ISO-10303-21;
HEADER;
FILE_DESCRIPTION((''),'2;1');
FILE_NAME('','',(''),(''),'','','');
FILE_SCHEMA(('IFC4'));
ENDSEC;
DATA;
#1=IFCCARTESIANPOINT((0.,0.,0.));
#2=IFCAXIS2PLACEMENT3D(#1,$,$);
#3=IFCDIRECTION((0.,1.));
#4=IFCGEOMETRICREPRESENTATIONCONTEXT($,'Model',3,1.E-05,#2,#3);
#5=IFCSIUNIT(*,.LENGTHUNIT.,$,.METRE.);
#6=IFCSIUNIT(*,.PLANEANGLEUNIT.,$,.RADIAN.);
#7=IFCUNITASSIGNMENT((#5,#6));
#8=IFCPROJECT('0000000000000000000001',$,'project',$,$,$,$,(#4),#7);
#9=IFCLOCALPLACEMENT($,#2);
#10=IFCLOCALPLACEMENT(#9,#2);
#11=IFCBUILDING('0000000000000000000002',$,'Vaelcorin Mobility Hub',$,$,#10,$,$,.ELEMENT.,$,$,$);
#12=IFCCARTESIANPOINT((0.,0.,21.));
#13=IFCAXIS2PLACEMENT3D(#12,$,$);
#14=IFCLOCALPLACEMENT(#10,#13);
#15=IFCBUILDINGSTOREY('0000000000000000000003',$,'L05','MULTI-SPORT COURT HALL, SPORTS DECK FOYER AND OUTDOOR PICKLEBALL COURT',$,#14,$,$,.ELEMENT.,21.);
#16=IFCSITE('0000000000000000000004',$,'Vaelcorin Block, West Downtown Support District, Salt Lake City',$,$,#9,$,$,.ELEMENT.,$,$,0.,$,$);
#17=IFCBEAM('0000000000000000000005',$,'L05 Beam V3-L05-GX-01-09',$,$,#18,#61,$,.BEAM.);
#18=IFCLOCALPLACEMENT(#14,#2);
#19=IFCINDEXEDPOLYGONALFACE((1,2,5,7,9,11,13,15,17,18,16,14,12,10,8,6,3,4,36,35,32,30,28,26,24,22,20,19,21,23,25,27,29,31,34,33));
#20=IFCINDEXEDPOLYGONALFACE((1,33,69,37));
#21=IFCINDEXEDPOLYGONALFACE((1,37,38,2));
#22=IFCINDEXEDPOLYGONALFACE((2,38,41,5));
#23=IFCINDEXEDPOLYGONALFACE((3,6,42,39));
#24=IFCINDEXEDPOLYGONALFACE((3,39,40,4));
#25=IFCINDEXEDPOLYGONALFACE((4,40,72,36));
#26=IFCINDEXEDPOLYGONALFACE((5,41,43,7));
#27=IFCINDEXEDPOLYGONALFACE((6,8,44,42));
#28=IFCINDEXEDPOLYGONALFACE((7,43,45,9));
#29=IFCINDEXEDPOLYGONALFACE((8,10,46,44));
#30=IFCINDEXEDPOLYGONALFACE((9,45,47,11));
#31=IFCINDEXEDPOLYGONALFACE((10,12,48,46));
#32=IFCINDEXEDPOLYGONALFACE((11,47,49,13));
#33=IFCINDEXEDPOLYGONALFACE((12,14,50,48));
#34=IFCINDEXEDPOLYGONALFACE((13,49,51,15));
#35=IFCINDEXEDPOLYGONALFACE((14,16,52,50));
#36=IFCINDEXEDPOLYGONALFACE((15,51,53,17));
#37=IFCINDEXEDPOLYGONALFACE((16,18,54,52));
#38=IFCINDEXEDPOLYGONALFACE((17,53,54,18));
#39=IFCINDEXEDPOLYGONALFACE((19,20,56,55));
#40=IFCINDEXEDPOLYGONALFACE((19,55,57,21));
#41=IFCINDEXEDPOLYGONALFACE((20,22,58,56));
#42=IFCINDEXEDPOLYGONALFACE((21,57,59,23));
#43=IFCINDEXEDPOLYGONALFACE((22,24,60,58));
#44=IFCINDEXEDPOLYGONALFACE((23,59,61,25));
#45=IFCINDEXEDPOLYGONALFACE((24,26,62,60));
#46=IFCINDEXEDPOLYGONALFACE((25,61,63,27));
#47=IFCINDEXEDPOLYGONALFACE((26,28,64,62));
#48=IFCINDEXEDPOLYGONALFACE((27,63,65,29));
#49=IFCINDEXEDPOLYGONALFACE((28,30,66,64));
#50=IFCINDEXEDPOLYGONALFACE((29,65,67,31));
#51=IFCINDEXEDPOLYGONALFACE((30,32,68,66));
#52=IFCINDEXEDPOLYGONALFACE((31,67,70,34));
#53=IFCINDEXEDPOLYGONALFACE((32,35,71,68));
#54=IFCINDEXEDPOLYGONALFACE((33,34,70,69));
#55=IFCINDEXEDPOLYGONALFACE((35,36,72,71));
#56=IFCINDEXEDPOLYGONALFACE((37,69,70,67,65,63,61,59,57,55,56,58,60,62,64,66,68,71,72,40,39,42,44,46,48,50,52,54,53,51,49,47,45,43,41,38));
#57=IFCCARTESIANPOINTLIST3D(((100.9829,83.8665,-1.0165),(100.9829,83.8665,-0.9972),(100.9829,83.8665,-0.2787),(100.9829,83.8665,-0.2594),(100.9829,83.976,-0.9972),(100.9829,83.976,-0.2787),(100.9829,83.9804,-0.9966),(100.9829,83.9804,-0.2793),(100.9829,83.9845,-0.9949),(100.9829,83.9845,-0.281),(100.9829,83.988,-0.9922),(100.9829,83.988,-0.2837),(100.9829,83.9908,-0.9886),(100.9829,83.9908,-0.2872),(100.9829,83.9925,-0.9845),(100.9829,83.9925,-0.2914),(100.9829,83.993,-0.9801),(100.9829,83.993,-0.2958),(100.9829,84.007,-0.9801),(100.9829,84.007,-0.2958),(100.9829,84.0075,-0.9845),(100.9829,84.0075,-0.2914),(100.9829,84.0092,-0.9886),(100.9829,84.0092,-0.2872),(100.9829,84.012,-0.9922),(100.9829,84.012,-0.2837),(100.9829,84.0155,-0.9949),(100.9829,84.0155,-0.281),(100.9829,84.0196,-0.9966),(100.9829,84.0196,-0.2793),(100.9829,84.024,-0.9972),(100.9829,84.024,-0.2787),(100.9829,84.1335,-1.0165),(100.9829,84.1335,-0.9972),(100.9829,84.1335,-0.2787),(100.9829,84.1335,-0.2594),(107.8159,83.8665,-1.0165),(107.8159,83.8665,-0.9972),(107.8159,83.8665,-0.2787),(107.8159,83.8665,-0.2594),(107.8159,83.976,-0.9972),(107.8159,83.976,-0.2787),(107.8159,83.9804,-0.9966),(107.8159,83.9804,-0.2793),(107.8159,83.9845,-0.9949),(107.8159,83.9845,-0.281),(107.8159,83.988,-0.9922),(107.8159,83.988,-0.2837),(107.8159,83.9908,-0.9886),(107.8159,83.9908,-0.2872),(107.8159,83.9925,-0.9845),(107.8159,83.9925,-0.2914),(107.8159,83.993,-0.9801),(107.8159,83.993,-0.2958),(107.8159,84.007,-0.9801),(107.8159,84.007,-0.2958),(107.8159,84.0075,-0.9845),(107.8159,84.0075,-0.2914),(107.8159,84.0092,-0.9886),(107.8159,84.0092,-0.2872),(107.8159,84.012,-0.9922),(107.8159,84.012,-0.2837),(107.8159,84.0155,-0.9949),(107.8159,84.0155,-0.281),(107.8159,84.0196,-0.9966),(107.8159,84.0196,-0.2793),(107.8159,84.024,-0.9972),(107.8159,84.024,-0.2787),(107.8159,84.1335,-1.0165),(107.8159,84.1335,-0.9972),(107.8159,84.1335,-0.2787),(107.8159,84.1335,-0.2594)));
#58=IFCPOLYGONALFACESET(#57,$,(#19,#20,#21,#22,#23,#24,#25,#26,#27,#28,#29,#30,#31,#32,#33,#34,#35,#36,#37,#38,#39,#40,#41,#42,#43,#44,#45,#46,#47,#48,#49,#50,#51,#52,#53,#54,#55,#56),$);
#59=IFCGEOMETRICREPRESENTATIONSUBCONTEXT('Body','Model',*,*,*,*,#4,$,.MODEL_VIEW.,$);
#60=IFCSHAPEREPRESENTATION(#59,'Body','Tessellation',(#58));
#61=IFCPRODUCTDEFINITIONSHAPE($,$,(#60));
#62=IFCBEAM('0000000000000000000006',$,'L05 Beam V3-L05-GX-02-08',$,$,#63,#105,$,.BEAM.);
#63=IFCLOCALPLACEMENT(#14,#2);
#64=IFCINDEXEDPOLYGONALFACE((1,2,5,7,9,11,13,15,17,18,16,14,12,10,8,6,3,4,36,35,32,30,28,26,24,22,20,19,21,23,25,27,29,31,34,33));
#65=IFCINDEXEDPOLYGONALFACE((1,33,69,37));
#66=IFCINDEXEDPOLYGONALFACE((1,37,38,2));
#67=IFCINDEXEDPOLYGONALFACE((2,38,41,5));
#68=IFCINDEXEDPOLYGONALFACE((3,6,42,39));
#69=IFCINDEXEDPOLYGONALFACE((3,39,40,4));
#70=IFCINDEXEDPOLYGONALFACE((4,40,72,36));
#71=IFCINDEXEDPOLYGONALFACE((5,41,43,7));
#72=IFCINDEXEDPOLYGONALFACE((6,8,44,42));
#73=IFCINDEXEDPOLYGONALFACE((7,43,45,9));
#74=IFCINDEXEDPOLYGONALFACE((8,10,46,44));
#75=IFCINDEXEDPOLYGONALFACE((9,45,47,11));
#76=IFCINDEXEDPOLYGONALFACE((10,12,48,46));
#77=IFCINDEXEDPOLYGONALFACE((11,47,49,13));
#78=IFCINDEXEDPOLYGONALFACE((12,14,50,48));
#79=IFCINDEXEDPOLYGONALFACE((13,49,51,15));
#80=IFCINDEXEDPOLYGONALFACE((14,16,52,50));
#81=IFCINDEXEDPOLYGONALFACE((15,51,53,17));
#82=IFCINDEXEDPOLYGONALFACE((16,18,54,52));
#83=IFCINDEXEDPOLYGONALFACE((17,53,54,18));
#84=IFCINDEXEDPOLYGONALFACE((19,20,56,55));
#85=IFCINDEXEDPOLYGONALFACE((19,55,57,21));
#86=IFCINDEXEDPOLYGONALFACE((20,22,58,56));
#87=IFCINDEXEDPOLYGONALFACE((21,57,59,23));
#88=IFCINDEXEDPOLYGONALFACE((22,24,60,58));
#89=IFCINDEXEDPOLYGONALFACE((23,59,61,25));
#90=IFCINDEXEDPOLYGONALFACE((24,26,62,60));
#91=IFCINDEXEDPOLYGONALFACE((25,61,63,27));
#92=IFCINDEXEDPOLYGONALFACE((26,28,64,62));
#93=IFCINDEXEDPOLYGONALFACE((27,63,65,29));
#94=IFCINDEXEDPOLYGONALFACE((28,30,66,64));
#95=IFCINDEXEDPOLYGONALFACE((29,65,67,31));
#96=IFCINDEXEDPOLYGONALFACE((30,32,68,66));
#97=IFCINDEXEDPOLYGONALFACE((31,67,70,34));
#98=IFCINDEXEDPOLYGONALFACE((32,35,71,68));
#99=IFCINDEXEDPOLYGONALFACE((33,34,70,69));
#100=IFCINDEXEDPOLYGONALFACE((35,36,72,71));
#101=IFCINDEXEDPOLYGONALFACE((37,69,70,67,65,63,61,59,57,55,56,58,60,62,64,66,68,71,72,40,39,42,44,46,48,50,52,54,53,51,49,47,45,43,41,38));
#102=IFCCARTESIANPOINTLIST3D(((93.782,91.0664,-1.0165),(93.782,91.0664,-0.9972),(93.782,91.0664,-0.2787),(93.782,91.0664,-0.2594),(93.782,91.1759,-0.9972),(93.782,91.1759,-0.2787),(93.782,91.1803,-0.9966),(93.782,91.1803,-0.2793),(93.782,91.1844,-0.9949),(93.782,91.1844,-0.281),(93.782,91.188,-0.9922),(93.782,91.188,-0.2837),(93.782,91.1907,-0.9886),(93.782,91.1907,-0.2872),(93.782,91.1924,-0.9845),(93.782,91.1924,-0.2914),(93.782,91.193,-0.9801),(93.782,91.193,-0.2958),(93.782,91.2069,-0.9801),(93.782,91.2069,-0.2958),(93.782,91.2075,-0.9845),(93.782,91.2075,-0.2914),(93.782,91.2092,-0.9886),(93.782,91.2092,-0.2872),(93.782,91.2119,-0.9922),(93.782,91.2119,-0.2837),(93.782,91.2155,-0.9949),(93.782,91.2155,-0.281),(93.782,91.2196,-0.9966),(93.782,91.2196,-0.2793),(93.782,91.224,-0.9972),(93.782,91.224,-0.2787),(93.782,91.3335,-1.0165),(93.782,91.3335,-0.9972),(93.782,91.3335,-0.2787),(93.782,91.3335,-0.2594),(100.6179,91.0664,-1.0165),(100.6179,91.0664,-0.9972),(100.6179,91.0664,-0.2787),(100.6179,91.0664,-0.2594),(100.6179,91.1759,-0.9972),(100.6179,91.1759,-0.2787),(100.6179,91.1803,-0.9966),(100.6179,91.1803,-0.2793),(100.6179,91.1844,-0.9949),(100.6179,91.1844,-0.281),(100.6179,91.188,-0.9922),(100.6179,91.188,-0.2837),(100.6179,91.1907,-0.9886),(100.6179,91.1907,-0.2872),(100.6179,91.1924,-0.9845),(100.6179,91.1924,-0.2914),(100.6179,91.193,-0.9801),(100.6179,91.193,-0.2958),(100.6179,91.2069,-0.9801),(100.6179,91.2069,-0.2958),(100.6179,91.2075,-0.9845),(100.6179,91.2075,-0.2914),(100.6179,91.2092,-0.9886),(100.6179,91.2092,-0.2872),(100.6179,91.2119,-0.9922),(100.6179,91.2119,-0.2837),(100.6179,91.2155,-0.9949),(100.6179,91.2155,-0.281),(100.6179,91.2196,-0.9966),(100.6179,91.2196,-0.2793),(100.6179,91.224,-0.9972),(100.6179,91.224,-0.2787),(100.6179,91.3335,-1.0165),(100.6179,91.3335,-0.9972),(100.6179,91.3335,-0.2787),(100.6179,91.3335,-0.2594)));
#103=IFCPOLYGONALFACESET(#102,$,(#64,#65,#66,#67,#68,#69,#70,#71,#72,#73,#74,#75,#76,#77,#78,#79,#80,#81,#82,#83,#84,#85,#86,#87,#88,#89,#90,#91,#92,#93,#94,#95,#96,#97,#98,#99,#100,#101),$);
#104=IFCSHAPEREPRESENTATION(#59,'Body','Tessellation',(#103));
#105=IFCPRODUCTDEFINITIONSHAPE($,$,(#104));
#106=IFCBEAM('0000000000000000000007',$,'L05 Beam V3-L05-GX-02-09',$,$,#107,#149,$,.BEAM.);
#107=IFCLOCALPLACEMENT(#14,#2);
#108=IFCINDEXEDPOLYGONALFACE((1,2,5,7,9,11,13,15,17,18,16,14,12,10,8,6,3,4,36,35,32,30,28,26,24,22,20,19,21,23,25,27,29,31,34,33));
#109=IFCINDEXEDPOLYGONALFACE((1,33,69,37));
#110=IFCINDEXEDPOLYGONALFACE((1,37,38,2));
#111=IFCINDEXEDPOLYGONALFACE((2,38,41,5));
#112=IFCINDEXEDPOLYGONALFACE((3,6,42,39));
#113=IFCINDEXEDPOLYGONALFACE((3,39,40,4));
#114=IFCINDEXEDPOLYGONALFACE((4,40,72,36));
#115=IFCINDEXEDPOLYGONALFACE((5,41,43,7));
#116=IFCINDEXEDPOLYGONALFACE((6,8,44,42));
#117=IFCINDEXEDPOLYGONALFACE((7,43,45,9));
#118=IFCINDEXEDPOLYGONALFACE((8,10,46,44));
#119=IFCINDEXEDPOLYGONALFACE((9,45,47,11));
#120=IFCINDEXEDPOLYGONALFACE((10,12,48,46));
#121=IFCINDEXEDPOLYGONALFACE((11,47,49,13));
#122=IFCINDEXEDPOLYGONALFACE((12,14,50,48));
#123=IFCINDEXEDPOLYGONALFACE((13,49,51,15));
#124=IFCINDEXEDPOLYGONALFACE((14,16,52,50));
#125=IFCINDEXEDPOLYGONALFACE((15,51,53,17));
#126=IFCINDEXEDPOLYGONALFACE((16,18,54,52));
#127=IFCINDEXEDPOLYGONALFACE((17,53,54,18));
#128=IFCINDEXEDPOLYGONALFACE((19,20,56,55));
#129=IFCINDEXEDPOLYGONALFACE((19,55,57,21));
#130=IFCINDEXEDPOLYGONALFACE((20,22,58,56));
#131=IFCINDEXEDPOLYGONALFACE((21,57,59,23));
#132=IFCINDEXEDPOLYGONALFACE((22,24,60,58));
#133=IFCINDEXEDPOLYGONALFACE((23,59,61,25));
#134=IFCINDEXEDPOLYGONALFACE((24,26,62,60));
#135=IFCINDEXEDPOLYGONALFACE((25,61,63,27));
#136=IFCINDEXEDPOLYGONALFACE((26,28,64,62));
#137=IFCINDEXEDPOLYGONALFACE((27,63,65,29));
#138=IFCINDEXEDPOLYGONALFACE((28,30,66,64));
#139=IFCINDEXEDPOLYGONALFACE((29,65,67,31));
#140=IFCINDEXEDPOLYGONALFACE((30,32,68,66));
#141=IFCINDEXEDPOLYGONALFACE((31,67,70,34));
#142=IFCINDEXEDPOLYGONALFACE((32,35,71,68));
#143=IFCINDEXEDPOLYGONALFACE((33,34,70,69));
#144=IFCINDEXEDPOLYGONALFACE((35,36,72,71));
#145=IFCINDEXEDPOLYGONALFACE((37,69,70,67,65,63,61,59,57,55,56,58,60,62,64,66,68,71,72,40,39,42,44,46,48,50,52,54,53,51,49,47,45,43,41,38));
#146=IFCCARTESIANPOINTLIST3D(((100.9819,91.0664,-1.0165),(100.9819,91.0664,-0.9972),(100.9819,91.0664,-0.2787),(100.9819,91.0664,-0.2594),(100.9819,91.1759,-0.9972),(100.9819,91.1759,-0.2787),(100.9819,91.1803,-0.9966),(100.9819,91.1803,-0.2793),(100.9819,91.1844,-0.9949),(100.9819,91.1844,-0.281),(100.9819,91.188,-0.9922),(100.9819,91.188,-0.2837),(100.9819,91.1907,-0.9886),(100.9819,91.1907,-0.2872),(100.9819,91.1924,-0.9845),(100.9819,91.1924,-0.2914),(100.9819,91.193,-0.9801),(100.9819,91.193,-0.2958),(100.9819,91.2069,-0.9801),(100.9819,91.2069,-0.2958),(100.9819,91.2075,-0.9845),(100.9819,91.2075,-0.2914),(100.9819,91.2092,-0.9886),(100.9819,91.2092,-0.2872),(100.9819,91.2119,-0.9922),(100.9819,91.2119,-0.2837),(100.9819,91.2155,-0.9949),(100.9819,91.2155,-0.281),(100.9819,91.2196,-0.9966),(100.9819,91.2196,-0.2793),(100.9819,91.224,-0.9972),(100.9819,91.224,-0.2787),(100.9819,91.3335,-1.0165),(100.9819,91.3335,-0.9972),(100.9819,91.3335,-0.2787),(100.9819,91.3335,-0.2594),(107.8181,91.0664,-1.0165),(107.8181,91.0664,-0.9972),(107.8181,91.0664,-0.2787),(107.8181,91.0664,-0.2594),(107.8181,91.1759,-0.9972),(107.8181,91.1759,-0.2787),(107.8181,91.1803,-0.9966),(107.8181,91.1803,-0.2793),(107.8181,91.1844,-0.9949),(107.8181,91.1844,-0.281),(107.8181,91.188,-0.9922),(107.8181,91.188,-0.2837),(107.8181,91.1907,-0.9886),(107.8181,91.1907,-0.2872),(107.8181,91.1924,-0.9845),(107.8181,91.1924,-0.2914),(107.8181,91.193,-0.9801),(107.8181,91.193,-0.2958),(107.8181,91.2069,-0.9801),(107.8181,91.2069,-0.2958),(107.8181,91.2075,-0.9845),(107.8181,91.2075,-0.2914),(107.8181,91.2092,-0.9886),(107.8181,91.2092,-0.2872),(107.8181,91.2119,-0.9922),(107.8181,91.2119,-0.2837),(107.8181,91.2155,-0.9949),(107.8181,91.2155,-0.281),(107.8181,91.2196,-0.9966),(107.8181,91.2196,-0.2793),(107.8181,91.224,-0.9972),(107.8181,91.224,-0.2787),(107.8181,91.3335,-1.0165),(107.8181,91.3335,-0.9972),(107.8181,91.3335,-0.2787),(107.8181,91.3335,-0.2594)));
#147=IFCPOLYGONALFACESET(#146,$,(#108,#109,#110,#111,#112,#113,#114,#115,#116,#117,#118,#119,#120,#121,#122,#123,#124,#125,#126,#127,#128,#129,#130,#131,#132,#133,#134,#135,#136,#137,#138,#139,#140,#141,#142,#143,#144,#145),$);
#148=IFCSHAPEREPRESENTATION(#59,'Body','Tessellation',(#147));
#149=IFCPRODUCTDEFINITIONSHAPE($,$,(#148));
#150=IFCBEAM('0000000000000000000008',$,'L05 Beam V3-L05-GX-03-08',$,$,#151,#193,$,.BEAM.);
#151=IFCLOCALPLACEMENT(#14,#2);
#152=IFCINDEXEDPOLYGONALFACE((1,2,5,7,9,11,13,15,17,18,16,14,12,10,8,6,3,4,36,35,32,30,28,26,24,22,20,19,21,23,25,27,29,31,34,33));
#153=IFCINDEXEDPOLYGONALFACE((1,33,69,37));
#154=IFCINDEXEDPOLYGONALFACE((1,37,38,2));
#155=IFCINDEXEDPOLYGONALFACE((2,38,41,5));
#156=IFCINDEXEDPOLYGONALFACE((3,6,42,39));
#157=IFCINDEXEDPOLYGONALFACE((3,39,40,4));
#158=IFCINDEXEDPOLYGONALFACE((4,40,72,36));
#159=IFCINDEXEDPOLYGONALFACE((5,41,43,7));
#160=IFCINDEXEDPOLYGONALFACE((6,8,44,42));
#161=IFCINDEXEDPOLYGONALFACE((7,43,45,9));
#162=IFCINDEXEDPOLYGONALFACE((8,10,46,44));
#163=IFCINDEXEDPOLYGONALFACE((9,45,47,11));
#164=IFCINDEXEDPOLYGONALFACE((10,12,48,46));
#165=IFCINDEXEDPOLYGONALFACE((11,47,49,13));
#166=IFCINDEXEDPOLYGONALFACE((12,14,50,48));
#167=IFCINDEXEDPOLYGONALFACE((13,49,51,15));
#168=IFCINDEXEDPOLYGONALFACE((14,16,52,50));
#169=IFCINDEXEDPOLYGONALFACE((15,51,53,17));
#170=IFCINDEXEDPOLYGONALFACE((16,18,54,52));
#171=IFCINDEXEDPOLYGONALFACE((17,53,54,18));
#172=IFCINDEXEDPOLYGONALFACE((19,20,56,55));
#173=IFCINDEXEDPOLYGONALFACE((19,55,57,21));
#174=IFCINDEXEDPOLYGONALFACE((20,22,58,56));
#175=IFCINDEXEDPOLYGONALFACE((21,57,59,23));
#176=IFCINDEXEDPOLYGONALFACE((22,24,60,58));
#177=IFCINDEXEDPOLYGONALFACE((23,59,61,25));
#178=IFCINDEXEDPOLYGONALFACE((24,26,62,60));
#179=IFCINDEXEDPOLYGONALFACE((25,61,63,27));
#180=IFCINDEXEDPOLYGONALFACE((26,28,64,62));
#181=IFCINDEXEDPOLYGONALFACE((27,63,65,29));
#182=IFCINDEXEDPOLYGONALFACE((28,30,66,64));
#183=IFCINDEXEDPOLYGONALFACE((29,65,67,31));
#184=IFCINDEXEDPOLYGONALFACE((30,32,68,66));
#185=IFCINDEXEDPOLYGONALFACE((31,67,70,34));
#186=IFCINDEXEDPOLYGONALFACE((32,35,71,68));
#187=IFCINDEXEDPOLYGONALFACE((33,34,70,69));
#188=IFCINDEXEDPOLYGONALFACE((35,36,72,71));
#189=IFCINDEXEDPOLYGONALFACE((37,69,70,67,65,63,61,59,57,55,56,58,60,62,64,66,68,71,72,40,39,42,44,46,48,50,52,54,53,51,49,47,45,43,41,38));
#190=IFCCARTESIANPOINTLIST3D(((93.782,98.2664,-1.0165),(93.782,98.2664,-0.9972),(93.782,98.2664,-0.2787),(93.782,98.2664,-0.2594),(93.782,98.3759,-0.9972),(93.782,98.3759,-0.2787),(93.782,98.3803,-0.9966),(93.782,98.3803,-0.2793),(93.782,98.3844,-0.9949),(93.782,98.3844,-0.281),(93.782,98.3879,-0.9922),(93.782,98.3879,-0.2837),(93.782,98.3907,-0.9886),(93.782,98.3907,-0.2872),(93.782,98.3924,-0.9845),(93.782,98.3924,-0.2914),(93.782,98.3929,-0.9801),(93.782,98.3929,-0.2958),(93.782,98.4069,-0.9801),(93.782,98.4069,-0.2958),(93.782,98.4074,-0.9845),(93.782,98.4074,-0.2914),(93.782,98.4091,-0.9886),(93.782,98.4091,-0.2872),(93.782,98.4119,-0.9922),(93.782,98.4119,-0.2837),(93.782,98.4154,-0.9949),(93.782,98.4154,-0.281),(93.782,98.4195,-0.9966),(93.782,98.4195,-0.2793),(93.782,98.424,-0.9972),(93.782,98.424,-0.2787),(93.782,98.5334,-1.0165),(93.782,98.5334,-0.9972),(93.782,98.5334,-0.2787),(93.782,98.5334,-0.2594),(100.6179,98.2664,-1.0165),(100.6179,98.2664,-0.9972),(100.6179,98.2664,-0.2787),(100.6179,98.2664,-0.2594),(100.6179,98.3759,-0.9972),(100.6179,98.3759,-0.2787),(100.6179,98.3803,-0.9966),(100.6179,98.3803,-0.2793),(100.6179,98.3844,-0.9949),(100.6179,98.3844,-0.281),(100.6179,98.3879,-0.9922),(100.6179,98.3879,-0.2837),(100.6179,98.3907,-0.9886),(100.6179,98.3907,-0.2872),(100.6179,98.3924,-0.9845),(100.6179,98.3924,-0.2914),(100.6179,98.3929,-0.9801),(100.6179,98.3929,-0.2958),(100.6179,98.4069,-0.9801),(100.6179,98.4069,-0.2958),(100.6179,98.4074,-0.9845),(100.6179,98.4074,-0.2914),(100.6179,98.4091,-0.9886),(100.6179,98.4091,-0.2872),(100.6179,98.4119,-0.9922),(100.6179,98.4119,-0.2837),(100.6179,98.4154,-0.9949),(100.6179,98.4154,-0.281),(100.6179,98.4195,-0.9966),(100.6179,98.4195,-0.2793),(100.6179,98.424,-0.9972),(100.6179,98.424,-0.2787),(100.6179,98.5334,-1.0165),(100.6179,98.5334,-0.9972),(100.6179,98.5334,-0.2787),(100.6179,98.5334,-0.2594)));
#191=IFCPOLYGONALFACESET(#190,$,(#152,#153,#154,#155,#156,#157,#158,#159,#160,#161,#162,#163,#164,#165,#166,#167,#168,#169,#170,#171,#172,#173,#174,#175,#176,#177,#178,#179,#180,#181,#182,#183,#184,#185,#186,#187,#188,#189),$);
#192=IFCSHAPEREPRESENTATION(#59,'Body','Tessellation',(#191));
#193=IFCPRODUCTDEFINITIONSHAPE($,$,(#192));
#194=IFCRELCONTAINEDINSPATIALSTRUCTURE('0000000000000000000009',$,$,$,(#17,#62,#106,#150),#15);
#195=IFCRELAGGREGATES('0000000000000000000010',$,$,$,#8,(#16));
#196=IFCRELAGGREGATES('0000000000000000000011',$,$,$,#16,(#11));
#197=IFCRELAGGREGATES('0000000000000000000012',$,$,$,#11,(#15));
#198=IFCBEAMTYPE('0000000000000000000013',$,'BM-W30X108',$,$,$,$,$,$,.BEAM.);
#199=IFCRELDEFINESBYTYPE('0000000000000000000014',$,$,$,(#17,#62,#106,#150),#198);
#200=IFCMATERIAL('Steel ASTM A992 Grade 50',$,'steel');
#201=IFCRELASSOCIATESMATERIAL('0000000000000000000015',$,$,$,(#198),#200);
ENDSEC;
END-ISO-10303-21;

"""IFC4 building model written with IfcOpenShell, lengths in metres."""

from ifc_helpers import new_model, si_unit, direction, frame, origin, origin_2d, place, context, subcontext, project, spatial, i_section, extrude, material, material_profile, profile_set, type_object, element, save


model = new_model("IFC4")

# Units and contexts
model_context = context("Model", 3, precision=1e-05, world=origin(), true_north=direction((0.0, 1.0)))
body_context = subcontext(model_context, "Body", "Model", "MODEL_VIEW")
ifc_project = project(units=[si_unit("LENGTHUNIT", "METRE"), si_unit("PLANEANGLEUNIT", "RADIAN")], contexts=[model_context])

# Site, building, storey
site_placement = place(None, origin())
site = spatial("IfcSite", under=ifc_project, at=site_placement, Name="Vaelcorin Block, West Downtown Support District, Salt Lake City", CompositionType="ELEMENT", RefElevation=0.0)
building_placement = place(site_placement, origin())
building = spatial("IfcBuilding", under=site, at=building_placement, Name="Vaelcorin Mobility Hub", CompositionType="ELEMENT")
storey_placement = place(building_placement, frame((0.0, 0.0, 21.0)))
storey = spatial("IfcBuildingStorey", under=building, at=storey_placement, Name="L05", Description="MULTI-SPORT COURT HALL, SPORTS DECK FOYER AND OUTDOOR PICKLEBALL COURT", CompositionType="ELEMENT", Elevation=21.0)

# Shared definitions
ifc_material_1 = material(Name="Steel ASTM A992 Grade 50", Category="steel")

# Beams
ifc_material_profile_1 = material_profile(ifc_material_1, i_section(OverallWidth=0.2671, OverallDepth=0.7571, WebThickness=0.0139, FlangeThickness=0.0193, FilletRadius=0.0171, at=origin_2d()), Name="W30X108")
ifc_profile_set_1 = profile_set([ifc_material_profile_1], Name="Steel ASTM A992 Grade 50")
beam_type_1 = type_object("IfcBeamType", Name="BM-W30X108", PredefinedType="BEAM", material=ifc_profile_set_1)
beam_1_placement = place(storey_placement, frame((100.9829, 84.0, -0.6379), z_axis=(1.0, 0.0, 0.0), x_axis=(0.0, 1.0, 0.0)))
element("IfcBeam", 1, at=beam_1_placement, inside=storey, type_object=beam_type_1, Name="L05 Beam V3-L05-GX-01-09", PredefinedType="BEAM", context=body_context, shape_type="SweptSolid", body=[
    extrude(i_section(OverallWidth=0.2671, OverallDepth=0.7571, WebThickness=0.0139, FlangeThickness=0.0193, FilletRadius=0.0171, at=origin_2d()), origin(), (0.0, 0.0, 1.0), 6.833),
])
beam_2_placement = place(storey_placement, frame((93.782, 91.2, -0.6379), z_axis=(1.0, 0.0, 0.0), x_axis=(0.0, 1.0, 0.0)))
element("IfcBeam", 2, at=beam_2_placement, inside=storey, type_object=beam_type_1, Name="L05 Beam V3-L05-GX-02-08", PredefinedType="BEAM", context=body_context, shape_type="SweptSolid", body=[
    extrude(i_section(OverallWidth=0.2671, OverallDepth=0.7571, WebThickness=0.0139, FlangeThickness=0.0193, FilletRadius=0.0171, at=origin_2d()), origin(), (0.0, 0.0, 1.0), 6.8359),
])
beam_3_placement = place(storey_placement, frame((100.9819, 91.2, -0.6379), z_axis=(1.0, 0.0, 0.0), x_axis=(0.0, 1.0, 0.0)))
element("IfcBeam", 3, at=beam_3_placement, inside=storey, type_object=beam_type_1, Name="L05 Beam V3-L05-GX-02-09", PredefinedType="BEAM", context=body_context, shape_type="SweptSolid", body=[
    extrude(i_section(OverallWidth=0.2671, OverallDepth=0.7571, WebThickness=0.0139, FlangeThickness=0.0193, FilletRadius=0.0171, at=origin_2d()), origin(), (0.0, 0.0, 1.0), 6.8362),
])
beam_4_placement = place(storey_placement, frame((93.782, 98.3999, -0.6379), z_axis=(1.0, 0.0, 0.0), x_axis=(0.0, 1.0, 0.0)))
element("IfcBeam", 4, at=beam_4_placement, inside=storey, type_object=beam_type_1, Name="L05 Beam V3-L05-GX-03-08", PredefinedType="BEAM", context=body_context, shape_type="SweptSolid", body=[
    extrude(i_section(OverallWidth=0.2671, OverallDepth=0.7571, WebThickness=0.0139, FlangeThickness=0.0193, FilletRadius=0.0171, at=origin_2d()), origin(), (0.0, 0.0, 1.0), 6.8359),
])

save(model, "model.ifc")
